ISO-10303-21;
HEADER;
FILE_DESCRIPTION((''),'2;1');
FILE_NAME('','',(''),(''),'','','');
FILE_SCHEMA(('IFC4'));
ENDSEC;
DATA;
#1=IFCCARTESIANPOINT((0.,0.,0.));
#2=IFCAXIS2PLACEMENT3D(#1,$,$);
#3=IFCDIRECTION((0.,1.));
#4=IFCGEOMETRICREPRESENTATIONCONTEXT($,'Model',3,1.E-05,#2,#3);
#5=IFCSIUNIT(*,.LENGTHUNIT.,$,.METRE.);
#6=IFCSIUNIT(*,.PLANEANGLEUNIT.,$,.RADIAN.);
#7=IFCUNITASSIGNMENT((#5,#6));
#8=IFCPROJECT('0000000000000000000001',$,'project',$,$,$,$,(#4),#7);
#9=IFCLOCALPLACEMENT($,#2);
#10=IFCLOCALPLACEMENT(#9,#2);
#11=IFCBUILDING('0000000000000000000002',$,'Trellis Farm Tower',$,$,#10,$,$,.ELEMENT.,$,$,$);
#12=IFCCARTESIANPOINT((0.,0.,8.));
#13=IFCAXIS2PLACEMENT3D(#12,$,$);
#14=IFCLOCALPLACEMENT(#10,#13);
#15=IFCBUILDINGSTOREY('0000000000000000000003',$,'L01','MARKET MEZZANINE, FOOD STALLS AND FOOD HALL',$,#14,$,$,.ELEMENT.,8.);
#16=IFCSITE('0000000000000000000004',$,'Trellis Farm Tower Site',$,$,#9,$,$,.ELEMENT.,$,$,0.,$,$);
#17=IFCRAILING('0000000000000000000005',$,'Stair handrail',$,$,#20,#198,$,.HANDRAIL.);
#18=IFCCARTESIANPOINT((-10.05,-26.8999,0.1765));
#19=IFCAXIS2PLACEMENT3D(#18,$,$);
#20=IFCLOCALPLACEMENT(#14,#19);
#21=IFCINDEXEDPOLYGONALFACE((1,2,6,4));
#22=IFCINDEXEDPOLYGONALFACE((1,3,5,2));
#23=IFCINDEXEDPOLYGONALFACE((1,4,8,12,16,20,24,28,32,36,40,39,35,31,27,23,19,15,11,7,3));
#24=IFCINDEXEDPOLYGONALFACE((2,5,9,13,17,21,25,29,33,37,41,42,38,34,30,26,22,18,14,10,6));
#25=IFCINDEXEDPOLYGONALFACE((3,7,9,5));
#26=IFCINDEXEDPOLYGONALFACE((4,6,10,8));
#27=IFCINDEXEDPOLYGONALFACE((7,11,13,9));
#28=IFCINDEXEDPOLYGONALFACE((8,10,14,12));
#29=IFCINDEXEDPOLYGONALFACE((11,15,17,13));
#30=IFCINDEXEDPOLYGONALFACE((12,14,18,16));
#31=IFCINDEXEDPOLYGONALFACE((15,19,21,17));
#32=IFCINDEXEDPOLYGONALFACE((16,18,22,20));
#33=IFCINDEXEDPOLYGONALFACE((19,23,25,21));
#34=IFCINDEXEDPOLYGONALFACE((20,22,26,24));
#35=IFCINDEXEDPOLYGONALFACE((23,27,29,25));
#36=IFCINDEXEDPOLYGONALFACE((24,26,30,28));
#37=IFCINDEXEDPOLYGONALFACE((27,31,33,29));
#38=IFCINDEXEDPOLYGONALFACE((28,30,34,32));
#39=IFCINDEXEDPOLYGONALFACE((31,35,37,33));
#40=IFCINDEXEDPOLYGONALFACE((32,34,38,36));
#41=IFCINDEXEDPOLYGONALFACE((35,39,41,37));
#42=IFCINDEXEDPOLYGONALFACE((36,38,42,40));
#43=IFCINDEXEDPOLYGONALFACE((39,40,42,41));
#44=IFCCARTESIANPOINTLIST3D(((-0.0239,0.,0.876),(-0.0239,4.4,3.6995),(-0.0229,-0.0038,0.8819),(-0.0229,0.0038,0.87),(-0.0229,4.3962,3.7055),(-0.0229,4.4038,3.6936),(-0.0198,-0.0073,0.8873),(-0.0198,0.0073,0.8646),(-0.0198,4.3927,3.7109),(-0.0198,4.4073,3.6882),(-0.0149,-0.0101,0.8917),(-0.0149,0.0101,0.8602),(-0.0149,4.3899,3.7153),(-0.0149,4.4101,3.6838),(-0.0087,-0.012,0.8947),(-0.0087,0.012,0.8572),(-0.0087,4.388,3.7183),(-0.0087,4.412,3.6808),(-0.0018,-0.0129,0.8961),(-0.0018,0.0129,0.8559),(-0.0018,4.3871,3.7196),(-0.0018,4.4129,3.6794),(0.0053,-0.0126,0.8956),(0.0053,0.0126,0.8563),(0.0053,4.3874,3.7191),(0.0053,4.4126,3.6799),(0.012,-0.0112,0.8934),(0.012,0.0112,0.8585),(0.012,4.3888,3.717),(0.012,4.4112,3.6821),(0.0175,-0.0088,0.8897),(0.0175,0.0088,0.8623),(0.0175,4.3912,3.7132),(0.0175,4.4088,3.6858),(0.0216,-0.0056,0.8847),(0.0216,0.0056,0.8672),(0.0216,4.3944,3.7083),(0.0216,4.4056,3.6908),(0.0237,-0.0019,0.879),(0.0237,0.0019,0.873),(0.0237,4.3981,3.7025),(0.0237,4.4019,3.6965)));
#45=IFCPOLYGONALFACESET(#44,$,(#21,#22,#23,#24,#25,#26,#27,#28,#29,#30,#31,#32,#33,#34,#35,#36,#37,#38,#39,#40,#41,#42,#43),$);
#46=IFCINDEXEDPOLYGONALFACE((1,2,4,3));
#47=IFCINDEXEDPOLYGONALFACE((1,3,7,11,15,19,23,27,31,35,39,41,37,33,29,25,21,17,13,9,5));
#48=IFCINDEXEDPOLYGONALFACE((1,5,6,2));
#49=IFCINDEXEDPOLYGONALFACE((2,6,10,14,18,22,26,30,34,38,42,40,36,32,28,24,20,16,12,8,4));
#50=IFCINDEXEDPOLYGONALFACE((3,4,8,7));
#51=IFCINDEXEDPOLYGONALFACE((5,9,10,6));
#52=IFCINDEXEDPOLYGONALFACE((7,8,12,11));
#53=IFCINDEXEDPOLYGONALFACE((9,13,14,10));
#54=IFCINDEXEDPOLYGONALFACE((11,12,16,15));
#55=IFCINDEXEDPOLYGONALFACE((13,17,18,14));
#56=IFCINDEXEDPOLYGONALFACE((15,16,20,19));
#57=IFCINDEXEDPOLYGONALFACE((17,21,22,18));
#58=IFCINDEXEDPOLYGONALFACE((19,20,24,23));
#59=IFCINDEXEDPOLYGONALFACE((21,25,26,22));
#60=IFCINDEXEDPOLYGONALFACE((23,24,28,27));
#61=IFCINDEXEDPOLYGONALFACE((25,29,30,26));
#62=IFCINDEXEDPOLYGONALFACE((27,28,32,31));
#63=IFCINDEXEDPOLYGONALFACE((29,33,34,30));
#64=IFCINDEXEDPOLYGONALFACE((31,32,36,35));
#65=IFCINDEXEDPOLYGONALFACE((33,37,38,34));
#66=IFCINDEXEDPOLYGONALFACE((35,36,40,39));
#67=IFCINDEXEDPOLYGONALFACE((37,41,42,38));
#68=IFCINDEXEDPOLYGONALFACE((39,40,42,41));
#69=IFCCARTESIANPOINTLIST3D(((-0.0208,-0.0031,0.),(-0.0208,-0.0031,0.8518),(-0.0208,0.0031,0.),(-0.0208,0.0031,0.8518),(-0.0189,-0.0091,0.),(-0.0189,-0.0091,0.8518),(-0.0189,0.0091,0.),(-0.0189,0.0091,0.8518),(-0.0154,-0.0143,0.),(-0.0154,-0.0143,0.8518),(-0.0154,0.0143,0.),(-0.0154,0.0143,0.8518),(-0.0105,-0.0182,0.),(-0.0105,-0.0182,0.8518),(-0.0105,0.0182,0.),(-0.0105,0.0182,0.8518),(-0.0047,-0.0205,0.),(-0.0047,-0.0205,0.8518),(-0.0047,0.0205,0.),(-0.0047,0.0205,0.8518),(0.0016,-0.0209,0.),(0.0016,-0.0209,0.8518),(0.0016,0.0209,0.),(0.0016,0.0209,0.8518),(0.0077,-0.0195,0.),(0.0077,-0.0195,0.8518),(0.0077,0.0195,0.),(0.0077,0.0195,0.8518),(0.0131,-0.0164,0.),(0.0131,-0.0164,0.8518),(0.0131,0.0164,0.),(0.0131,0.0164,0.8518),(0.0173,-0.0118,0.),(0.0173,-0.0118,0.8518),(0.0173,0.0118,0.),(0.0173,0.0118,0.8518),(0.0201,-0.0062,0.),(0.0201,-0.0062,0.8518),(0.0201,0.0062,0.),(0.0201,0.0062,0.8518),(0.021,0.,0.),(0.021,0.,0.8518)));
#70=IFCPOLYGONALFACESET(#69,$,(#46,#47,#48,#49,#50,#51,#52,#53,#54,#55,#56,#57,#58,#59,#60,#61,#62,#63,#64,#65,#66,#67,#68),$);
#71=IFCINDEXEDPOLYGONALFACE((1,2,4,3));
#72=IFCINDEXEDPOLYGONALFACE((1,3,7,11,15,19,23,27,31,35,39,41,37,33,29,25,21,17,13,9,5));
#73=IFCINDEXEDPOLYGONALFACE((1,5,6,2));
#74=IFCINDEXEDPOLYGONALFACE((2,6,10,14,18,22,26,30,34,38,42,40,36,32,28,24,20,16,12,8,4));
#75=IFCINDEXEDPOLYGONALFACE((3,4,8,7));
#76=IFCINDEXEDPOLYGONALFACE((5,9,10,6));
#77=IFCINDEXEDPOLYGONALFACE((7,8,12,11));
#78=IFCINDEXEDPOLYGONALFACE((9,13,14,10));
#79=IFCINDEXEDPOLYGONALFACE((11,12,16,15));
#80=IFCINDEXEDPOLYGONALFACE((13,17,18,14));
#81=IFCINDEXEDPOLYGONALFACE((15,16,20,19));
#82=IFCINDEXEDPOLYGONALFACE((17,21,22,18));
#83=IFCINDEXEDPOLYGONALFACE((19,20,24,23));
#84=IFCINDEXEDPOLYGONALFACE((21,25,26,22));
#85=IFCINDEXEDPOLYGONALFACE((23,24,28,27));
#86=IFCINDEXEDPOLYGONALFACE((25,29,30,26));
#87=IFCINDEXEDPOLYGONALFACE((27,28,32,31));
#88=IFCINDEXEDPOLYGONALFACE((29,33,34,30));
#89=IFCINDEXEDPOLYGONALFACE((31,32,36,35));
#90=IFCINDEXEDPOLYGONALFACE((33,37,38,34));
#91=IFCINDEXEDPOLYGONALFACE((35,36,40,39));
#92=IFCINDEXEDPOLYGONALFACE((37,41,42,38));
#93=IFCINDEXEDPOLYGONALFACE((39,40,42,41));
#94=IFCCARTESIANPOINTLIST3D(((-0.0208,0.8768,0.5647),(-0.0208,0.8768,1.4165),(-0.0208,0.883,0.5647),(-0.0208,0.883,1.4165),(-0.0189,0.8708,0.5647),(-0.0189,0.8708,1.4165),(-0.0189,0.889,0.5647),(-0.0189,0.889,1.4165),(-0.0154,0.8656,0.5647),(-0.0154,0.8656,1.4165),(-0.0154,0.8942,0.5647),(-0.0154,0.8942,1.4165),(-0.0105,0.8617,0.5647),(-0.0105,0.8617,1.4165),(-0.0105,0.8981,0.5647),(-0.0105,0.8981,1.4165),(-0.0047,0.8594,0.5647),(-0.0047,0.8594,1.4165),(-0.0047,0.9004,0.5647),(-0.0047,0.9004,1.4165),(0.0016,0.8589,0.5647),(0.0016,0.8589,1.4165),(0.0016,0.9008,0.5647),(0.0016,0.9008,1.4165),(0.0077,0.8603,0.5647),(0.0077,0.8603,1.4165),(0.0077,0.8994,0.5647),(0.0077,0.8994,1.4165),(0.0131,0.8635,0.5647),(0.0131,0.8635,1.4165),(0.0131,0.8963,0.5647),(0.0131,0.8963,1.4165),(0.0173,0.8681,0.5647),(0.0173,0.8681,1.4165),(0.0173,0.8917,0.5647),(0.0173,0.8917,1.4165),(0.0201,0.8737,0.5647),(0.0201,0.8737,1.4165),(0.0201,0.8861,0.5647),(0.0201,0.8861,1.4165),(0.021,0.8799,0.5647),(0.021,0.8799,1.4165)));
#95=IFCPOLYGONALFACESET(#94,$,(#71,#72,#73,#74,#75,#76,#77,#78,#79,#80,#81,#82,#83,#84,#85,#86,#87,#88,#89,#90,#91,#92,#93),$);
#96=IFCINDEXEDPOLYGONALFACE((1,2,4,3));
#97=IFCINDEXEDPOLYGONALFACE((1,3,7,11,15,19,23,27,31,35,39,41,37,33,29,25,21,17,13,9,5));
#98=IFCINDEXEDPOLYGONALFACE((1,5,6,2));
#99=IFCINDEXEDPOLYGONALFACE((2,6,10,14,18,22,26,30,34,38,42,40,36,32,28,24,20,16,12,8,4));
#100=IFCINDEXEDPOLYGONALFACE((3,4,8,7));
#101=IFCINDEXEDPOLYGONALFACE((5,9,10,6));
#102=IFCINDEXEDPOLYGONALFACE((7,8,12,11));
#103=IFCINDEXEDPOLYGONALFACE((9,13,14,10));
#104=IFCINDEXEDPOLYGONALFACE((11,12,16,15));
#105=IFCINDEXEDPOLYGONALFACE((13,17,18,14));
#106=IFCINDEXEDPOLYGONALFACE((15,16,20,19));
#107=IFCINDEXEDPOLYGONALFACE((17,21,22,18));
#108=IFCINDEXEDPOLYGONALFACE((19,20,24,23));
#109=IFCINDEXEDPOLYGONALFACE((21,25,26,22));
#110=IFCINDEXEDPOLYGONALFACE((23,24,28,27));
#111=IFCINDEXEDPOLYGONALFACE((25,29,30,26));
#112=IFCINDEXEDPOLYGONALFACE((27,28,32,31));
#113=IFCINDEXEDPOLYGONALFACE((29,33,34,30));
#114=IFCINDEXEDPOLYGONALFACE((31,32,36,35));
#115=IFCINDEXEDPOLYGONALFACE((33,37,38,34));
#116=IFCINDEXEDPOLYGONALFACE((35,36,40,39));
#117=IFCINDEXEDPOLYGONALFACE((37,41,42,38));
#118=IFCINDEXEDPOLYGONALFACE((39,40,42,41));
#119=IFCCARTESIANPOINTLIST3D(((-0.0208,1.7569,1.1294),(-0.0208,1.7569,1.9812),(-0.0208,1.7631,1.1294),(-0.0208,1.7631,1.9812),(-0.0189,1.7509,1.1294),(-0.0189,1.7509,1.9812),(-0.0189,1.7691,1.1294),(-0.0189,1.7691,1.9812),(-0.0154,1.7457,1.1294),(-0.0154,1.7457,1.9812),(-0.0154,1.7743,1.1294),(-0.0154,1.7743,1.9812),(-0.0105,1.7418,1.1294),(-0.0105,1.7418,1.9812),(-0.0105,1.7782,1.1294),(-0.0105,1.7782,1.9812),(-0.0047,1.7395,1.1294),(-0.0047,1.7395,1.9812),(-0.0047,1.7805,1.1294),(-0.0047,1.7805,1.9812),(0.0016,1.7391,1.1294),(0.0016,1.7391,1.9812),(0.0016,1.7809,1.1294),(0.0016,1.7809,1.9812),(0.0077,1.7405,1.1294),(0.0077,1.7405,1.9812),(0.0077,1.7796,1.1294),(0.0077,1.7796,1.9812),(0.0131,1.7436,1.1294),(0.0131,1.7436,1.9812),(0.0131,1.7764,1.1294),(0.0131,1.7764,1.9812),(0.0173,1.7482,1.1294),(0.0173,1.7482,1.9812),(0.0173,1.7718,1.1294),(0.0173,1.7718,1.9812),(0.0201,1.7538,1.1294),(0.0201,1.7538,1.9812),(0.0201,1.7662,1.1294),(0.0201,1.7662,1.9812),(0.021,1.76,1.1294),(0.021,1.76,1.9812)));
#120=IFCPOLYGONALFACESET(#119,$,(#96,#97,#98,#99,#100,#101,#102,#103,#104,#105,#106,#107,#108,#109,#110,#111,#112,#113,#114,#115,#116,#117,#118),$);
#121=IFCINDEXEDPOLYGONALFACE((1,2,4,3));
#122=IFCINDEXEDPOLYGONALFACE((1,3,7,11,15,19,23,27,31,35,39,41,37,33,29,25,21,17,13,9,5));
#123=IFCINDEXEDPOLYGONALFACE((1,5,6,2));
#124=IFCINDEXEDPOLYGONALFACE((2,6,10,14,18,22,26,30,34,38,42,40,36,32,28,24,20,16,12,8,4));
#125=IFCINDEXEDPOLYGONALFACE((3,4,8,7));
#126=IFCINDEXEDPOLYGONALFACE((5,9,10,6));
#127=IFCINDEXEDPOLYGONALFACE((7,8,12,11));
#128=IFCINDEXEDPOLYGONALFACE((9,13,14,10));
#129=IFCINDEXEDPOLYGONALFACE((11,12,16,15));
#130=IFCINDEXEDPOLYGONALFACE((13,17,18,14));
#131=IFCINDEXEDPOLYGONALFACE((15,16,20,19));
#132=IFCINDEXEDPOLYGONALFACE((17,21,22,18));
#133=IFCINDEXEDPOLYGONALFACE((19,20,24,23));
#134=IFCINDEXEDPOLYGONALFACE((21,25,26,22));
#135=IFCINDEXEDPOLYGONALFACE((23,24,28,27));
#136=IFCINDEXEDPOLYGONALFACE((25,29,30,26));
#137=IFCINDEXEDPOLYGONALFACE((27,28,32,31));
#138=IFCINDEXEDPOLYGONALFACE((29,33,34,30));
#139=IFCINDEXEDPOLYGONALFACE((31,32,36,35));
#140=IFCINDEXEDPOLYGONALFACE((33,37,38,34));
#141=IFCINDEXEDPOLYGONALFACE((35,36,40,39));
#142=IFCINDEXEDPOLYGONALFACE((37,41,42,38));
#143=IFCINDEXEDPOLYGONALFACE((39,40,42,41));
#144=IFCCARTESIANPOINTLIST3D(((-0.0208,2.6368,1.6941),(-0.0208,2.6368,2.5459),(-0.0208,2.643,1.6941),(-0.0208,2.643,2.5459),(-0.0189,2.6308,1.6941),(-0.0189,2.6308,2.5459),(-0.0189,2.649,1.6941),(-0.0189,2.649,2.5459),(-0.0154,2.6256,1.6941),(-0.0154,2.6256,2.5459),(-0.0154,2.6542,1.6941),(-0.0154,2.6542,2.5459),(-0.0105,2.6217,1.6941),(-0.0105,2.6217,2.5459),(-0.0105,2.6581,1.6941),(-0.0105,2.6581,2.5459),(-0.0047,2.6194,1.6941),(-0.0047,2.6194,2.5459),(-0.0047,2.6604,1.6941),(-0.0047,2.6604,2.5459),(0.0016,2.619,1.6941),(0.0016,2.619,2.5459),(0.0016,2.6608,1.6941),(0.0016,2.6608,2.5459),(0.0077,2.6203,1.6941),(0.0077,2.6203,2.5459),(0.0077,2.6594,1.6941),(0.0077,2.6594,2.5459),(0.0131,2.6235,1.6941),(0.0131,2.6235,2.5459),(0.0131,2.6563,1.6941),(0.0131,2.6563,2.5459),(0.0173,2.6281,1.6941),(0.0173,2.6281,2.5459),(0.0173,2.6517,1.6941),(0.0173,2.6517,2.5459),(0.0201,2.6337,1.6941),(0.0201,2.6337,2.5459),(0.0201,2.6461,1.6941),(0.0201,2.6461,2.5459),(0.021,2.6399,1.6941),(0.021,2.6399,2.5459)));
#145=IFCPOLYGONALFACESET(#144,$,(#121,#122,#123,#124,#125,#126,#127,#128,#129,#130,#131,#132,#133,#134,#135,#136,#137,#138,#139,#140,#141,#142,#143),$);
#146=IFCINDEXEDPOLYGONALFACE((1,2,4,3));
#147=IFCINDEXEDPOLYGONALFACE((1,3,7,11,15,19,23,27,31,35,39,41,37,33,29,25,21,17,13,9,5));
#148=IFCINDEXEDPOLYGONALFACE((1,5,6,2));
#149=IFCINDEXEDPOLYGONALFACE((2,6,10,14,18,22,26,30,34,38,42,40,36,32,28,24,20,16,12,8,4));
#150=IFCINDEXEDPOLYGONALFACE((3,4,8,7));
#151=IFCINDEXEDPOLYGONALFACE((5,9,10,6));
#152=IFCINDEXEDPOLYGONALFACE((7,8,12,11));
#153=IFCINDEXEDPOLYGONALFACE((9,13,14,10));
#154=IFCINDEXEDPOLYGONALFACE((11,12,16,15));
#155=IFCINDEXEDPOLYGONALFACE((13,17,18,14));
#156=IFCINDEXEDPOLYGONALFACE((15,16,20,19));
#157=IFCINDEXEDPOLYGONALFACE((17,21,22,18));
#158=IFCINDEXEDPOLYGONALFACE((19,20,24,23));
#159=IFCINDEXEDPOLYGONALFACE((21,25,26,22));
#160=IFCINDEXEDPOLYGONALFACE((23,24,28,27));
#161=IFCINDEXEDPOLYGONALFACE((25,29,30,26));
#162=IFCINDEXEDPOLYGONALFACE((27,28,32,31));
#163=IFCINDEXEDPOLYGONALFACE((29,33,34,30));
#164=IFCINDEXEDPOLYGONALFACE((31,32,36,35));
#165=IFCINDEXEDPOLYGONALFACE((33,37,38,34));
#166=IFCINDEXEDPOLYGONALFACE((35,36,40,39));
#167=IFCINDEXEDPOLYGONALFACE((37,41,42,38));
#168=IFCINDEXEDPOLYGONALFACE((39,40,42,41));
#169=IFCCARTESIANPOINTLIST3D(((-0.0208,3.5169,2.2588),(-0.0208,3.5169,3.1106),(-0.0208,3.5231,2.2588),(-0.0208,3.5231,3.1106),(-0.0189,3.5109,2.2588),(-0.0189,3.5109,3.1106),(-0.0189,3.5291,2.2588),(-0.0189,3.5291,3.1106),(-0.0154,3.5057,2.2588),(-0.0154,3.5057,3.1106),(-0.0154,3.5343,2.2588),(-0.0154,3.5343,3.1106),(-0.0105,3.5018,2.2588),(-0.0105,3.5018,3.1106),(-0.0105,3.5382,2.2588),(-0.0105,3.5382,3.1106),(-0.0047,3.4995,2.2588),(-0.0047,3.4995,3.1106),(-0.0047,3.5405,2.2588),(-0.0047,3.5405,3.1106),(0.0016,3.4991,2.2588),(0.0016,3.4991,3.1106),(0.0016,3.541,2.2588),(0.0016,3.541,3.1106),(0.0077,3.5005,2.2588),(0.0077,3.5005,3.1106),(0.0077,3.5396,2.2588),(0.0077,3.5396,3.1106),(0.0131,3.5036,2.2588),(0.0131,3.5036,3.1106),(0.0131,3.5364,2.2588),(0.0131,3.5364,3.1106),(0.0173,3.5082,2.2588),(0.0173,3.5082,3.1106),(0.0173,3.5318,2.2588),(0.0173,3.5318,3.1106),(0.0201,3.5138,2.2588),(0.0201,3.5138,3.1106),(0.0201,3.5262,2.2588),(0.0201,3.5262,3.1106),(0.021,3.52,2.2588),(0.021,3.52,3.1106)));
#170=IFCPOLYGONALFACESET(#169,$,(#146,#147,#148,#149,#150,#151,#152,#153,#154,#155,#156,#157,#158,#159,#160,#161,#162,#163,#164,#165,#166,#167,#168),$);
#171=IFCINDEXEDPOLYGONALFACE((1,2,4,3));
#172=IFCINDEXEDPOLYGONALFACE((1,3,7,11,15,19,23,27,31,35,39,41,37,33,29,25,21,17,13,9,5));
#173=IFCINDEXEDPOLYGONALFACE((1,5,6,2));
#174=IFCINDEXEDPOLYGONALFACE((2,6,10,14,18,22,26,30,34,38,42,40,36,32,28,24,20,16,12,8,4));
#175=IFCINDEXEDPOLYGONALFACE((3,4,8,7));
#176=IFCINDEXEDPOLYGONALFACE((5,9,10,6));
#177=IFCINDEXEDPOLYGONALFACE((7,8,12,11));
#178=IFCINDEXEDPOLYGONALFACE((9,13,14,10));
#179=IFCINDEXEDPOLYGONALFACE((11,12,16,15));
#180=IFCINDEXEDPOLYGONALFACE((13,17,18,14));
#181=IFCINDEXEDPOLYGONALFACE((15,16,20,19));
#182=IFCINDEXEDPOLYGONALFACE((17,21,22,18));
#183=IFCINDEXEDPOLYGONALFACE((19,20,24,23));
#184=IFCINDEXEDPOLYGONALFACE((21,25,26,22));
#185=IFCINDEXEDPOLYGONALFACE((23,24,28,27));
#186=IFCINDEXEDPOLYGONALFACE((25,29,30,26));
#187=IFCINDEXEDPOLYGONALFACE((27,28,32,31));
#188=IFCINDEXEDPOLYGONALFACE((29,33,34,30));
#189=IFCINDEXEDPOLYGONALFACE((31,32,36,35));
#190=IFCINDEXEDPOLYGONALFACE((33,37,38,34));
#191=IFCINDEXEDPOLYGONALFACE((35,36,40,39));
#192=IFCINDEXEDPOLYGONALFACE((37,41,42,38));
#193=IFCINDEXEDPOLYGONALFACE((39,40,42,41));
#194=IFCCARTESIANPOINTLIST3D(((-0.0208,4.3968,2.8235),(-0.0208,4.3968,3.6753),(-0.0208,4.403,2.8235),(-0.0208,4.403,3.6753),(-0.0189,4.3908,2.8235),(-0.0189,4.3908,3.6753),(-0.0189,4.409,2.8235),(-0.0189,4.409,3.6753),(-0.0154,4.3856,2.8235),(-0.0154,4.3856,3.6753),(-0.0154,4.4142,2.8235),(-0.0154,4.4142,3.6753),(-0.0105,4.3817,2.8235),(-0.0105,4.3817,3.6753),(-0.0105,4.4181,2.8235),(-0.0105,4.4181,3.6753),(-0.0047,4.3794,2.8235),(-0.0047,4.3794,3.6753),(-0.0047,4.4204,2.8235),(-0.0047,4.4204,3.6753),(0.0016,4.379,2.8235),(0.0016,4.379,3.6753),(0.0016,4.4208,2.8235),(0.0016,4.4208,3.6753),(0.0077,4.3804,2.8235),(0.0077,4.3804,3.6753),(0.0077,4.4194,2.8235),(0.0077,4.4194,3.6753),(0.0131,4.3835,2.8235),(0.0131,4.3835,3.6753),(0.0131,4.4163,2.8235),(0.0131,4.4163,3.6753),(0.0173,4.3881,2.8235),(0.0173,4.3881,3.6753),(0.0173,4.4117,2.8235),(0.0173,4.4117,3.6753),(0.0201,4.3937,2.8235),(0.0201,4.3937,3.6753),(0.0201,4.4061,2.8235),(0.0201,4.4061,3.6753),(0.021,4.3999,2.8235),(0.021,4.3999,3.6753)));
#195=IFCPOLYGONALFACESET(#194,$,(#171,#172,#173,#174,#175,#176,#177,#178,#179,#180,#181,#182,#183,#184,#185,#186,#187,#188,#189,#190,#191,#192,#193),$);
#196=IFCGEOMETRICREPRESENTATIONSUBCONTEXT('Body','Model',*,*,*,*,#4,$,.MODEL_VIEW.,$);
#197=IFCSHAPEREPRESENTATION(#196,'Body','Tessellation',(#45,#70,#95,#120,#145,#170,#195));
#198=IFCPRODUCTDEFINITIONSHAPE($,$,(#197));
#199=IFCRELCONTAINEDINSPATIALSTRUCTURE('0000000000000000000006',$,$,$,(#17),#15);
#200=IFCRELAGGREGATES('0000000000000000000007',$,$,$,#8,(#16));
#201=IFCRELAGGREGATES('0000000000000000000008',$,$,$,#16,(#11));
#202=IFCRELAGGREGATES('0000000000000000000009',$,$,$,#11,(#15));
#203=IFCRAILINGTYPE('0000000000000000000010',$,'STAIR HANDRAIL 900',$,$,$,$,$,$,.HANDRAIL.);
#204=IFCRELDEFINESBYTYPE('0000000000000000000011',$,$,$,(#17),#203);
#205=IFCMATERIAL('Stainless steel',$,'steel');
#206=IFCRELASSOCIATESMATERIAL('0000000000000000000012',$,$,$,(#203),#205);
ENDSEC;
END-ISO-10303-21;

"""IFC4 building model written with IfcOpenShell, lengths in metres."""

from ifc_helpers import new_model, si_unit, direction, frame, origin, origin_2d, place, context, subcontext, project, spatial, circle, extrude, source, transform, mapped, material, type_object, element, save


model = new_model("IFC4")

# Units and contexts
model_context = context("Model", 3, precision=1e-05, world=origin(), true_north=direction((0.0, 1.0)))
body_context = subcontext(model_context, "Body", "Model", "MODEL_VIEW")
ifc_project = project(units=[si_unit("LENGTHUNIT", "METRE"), si_unit("PLANEANGLEUNIT", "RADIAN")], contexts=[model_context])

# Site, building, storey
site_placement = place(None, origin())
site = spatial("IfcSite", under=ifc_project, at=site_placement, Name="Trellis Farm Tower Site", CompositionType="ELEMENT", RefElevation=0.0)
building_placement = place(site_placement, origin())
building = spatial("IfcBuilding", under=site, at=building_placement, Name="Trellis Farm Tower", CompositionType="ELEMENT")
storey_placement = place(building_placement, frame((0.0, 0.0, 8.0)))
storey = spatial("IfcBuildingStorey", under=building, at=storey_placement, Name="L01", Description="MARKET MEZZANINE, FOOD STALLS AND FOOD HALL", CompositionType="ELEMENT", Elevation=8.0)

# Railing
ifc_material_1 = material(Name="Stainless steel", Category="steel")
railing_type = type_object("IfcRailingType", Name="STAIR HANDRAIL 900", PredefinedType="HANDRAIL", material=ifc_material_1)
shared_shape_1 = source(origin(), body_context, "Body", "SweptSolid", [
    extrude(circle(Radius=0.0239, at=origin_2d()), frame((0.0, 0.0, 0.876), z_axis=(0.0, 0.841615, 0.540078), x_axis=(-1.0, 0.0, 0.0)), (0.0, 0.0, 1.0), 5.228),
    extrude(circle(Radius=0.021, at=origin_2d()), origin(), (0.0, 0.0, 1.0), 0.8518),
    extrude(circle(Radius=0.021, at=origin_2d()), frame((0.0, 0.8799, 0.5647)), (0.0, 0.0, 1.0), 0.8518),
    extrude(circle(Radius=0.021, at=origin_2d()), frame((0.0, 1.76, 1.1294)), (0.0, 0.0, 1.0), 0.8518),
    extrude(circle(Radius=0.021, at=origin_2d()), frame((0.0, 2.6399, 1.6941)), (0.0, 0.0, 1.0), 0.8518),
    extrude(circle(Radius=0.021, at=origin_2d()), frame((0.0, 3.52, 2.2588)), (0.0, 0.0, 1.0), 0.8518),
    extrude(circle(Radius=0.021, at=origin_2d()), frame((0.0, 4.3999, 2.8235)), (0.0, 0.0, 1.0), 0.8518),
])
for number, where, name in (
    (1, (-10.05, -26.8999, 0.1765), "Stair handrail"),
):
    element("IfcRailing", number, at=place(storey_placement, frame(where)), inside=storey, type_object=railing_type, Name=name, PredefinedType="HANDRAIL", context=body_context, shape_type="MappedRepresentation", body=[
        mapped(shared_shape_1, transform((0.0, 0.0, 0.0))),
    ])

save(model, "model.ifc")
